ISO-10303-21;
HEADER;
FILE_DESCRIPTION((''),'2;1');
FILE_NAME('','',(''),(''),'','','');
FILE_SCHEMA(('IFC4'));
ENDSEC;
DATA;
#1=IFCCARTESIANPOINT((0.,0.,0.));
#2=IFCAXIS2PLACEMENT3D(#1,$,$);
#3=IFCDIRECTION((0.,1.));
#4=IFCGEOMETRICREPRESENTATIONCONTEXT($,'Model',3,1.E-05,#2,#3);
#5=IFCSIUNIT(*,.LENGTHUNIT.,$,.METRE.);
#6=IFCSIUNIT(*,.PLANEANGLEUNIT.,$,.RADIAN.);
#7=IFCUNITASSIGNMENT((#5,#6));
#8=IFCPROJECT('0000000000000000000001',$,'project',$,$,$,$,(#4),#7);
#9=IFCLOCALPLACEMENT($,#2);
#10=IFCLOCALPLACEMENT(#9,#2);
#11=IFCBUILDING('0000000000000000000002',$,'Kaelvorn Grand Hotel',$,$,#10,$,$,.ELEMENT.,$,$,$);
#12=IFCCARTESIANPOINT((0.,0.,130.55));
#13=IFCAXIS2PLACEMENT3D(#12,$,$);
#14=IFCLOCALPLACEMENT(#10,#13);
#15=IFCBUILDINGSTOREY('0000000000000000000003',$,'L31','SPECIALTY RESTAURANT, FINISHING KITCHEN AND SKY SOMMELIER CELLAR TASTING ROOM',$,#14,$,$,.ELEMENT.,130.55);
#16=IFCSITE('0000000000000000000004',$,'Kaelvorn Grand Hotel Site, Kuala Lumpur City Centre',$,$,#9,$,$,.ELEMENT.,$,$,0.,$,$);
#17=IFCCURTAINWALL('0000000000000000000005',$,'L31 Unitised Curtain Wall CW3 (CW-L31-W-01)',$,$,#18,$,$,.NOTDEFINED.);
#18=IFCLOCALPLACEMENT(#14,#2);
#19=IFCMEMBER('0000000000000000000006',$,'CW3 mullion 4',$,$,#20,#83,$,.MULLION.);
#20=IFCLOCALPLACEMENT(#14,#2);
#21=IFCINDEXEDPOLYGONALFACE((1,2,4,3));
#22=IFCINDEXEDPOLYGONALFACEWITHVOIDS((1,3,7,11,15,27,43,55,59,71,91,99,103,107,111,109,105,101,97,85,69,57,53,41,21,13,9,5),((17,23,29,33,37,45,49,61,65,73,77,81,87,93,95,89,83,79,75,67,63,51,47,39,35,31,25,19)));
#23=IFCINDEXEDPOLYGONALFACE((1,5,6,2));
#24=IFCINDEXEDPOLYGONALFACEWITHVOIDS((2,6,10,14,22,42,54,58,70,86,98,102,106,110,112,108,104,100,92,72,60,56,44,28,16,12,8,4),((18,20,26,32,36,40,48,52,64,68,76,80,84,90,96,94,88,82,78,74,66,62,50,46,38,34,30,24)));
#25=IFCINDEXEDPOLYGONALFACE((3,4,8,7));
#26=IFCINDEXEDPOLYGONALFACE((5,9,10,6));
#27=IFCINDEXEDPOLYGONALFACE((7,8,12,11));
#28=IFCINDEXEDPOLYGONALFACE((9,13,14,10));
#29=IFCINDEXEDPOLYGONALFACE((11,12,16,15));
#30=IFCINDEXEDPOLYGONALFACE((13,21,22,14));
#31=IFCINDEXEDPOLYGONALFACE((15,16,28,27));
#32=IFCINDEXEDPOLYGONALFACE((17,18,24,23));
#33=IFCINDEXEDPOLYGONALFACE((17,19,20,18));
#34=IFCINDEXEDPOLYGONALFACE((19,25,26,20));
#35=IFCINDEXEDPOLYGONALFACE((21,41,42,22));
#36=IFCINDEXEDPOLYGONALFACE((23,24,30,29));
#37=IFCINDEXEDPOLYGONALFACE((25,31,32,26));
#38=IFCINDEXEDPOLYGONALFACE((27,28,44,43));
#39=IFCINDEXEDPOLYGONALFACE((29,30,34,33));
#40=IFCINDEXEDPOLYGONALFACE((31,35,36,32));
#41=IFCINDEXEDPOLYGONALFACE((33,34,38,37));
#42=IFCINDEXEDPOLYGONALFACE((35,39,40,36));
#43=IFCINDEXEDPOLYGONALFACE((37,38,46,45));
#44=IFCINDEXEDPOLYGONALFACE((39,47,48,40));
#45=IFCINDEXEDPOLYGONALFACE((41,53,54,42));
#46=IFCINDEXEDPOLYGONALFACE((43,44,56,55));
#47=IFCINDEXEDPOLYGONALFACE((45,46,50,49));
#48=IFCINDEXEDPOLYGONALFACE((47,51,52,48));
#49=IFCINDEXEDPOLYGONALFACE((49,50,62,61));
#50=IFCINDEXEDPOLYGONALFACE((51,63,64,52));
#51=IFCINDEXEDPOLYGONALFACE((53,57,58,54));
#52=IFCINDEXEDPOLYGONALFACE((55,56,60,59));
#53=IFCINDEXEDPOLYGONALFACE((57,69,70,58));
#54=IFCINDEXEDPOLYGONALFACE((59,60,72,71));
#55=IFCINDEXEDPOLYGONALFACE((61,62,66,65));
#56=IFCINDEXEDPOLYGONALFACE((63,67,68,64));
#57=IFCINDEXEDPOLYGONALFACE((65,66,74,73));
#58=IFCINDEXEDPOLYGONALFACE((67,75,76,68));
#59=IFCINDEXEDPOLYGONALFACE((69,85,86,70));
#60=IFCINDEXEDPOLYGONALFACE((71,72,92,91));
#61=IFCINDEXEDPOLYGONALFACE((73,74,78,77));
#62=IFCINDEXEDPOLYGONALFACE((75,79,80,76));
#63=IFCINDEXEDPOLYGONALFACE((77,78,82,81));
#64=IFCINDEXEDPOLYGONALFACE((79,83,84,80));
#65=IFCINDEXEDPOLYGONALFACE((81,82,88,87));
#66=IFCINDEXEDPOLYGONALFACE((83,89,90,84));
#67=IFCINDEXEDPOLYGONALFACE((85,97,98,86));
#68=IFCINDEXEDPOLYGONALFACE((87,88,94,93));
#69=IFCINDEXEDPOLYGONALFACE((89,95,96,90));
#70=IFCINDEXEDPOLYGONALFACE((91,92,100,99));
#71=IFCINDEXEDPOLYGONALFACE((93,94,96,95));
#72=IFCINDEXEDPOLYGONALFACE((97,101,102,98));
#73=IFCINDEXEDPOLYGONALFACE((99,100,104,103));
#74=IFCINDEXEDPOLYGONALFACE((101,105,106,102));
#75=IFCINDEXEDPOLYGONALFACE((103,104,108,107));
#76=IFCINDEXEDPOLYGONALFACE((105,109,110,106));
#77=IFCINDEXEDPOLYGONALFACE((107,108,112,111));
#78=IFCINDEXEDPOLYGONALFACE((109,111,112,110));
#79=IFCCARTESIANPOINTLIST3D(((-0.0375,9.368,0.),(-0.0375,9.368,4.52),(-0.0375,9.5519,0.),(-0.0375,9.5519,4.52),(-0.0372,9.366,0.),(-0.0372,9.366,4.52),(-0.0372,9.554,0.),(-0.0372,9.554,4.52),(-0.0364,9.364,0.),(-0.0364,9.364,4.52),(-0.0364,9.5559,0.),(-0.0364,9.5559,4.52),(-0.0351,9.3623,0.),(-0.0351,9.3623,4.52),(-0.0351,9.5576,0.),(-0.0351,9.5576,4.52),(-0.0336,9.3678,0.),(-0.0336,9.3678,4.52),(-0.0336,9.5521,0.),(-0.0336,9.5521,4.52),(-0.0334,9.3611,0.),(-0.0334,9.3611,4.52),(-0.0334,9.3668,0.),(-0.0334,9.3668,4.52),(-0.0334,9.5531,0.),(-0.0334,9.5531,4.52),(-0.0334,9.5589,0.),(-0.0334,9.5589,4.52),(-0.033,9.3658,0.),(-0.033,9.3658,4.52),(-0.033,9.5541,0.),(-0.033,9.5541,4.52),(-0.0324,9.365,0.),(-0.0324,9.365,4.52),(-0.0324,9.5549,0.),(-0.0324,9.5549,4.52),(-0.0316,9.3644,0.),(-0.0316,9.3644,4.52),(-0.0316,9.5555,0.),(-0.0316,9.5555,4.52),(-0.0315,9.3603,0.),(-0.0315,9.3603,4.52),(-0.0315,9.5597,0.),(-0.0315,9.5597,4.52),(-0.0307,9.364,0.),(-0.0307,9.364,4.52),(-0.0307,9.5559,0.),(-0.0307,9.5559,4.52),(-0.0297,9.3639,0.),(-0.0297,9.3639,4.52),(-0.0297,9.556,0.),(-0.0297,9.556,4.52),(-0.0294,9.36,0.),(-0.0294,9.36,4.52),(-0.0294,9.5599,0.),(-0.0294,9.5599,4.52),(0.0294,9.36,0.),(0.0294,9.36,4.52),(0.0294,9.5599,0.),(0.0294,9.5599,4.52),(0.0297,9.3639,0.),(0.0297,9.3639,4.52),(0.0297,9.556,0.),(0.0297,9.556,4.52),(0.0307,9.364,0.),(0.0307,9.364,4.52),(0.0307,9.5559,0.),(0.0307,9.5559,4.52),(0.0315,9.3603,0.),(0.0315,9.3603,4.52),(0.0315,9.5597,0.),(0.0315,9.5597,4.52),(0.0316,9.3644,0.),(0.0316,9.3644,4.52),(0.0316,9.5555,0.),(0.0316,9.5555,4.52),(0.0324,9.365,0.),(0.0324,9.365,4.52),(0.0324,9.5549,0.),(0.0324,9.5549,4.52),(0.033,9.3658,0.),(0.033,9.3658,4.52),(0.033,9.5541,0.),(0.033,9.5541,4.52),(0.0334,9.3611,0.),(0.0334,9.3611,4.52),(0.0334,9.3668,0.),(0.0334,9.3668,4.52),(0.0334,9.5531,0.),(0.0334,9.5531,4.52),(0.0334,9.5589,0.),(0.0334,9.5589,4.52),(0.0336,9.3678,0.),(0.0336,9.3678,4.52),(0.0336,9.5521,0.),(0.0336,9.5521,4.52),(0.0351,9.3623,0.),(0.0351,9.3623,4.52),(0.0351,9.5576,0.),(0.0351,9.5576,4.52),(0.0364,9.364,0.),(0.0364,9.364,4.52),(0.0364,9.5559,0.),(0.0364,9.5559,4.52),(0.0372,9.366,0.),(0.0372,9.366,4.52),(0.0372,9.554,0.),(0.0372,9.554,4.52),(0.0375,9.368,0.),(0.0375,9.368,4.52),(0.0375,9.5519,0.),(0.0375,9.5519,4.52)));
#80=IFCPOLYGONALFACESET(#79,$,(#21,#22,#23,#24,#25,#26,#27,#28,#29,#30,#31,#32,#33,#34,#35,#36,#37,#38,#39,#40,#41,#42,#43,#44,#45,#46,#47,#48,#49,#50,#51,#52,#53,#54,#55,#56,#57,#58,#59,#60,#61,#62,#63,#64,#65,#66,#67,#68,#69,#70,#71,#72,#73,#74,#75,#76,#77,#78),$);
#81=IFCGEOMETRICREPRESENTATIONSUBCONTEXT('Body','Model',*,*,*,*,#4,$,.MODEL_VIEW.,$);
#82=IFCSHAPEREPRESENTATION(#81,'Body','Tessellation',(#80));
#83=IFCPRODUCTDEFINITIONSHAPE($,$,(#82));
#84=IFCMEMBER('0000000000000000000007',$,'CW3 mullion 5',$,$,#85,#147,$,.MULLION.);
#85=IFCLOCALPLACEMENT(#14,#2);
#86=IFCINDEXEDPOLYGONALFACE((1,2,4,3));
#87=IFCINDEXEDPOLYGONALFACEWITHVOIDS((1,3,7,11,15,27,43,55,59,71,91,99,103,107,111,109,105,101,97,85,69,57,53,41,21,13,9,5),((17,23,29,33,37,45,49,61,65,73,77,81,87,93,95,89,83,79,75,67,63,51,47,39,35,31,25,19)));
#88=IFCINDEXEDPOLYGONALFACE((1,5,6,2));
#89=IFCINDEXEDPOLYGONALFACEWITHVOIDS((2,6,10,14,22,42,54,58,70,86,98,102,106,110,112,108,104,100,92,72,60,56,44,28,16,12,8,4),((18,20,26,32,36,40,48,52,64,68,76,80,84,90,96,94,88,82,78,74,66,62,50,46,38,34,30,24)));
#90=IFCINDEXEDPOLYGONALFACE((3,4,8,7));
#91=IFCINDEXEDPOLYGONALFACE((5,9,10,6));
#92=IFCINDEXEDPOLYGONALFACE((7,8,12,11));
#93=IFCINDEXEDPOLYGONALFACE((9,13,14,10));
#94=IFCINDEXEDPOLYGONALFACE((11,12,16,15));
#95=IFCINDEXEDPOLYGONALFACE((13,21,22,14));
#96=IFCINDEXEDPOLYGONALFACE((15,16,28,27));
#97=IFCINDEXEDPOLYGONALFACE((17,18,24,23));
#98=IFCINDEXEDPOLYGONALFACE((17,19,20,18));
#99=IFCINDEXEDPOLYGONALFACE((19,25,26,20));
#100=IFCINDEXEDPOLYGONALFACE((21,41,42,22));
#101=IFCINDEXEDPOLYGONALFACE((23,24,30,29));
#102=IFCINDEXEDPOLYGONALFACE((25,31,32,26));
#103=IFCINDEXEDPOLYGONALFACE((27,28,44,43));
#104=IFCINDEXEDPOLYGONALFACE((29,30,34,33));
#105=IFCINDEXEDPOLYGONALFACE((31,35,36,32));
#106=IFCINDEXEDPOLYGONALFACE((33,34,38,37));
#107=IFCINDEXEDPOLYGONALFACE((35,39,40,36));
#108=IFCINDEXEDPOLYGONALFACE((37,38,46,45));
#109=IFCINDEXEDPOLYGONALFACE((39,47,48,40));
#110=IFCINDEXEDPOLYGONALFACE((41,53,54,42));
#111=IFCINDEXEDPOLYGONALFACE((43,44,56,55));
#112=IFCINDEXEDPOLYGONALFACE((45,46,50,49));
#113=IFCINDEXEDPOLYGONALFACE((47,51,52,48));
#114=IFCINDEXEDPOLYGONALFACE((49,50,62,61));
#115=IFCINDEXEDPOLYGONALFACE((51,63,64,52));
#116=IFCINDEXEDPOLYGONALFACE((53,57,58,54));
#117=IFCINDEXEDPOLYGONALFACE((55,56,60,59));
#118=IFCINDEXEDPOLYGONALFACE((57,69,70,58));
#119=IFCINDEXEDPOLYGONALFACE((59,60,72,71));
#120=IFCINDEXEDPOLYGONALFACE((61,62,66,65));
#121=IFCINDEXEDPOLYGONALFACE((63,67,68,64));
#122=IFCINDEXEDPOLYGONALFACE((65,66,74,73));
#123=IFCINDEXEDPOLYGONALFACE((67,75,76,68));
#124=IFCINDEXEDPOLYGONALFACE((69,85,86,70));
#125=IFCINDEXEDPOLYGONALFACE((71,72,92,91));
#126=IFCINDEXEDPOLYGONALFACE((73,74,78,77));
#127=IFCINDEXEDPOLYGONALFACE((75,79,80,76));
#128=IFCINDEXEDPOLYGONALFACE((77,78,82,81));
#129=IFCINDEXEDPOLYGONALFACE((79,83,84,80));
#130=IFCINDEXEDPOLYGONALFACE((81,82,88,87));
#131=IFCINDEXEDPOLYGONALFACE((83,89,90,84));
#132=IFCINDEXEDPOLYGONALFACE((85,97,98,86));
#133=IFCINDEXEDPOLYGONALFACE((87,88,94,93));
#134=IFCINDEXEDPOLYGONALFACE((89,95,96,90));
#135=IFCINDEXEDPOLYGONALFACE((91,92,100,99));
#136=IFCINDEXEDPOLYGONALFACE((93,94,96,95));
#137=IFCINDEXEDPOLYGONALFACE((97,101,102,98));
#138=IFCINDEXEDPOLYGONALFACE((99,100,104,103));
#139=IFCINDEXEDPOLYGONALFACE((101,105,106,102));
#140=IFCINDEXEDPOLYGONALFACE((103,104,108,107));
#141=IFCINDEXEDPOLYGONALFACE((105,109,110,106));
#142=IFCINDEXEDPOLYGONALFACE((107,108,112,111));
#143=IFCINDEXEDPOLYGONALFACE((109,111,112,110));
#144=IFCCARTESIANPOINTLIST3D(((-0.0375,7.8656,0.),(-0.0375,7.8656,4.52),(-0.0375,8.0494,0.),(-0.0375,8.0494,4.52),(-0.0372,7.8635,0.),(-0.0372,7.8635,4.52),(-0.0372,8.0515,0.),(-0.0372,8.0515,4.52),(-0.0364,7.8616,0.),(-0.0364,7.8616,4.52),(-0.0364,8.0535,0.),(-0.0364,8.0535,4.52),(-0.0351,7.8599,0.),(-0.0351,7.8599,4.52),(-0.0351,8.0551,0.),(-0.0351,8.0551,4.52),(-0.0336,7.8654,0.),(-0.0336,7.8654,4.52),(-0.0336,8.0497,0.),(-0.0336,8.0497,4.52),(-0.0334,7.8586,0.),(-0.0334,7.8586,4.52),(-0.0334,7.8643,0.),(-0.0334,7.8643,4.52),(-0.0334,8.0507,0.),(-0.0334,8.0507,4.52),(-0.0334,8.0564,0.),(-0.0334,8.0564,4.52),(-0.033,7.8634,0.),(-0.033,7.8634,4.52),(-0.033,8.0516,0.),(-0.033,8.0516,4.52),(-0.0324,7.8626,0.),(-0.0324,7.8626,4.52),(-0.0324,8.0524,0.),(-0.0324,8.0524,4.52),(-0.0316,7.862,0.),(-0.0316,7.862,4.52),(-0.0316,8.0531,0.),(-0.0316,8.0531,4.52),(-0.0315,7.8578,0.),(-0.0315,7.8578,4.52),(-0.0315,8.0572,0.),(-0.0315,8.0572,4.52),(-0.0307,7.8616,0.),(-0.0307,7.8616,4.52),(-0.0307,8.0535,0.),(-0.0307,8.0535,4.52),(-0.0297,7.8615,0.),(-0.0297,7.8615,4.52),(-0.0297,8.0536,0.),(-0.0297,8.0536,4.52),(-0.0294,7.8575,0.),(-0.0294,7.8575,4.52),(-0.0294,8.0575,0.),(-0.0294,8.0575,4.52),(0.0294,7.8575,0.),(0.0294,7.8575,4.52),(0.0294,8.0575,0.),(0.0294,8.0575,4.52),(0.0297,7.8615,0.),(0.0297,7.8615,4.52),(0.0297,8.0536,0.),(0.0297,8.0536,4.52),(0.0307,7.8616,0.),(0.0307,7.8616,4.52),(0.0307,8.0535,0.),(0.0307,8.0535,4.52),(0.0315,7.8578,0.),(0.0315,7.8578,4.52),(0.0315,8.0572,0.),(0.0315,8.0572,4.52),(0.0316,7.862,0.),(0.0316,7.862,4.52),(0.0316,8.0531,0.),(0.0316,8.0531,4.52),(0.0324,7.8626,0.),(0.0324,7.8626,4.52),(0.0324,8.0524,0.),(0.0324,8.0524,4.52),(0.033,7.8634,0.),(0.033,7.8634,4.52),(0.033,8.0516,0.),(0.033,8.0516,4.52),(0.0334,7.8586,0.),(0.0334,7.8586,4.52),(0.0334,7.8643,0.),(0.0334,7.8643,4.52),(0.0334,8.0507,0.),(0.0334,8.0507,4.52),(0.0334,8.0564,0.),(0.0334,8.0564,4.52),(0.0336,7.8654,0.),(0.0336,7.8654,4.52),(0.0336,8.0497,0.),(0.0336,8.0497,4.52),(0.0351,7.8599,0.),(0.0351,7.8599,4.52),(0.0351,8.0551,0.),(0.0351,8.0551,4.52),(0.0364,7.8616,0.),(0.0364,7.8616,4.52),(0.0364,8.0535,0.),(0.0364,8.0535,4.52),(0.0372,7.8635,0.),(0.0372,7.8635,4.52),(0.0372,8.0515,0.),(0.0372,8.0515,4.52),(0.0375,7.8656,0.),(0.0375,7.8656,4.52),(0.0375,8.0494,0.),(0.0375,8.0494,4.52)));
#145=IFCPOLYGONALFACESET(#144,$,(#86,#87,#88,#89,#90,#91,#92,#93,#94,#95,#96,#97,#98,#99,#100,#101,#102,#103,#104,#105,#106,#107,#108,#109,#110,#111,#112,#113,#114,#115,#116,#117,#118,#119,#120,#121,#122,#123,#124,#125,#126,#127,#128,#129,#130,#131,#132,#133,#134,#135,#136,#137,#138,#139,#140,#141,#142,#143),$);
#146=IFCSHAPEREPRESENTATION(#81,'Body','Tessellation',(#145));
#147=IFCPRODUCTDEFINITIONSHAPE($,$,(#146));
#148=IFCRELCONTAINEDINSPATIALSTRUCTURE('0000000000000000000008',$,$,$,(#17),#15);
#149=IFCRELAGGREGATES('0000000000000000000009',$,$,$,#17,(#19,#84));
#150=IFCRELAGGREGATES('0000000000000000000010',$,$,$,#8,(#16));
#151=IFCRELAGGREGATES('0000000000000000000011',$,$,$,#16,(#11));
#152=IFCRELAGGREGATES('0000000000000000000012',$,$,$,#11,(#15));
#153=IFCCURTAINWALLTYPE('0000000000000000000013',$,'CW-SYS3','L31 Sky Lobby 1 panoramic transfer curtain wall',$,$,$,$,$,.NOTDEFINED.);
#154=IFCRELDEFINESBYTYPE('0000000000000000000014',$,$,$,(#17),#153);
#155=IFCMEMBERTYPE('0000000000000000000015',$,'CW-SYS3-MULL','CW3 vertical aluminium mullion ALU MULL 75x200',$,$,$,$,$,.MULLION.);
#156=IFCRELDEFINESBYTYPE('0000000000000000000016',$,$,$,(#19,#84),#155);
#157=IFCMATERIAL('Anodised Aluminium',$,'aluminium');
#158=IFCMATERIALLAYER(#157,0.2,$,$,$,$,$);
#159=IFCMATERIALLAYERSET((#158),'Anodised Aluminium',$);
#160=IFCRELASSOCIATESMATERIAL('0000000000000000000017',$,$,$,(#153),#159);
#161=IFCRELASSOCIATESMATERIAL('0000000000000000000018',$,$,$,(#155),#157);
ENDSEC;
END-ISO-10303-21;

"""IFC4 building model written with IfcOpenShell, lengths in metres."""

from ifc_helpers import new_model, si_unit, direction, frame, origin, origin_2d, place, context, subcontext, project, spatial, hollow_rectangle, extrude, material, layer, layer_set, material_profile, profile_set, type_object, element, aggregate, save


model = new_model("IFC4")

# Units and contexts
model_context = context("Model", 3, precision=1e-05, world=origin(), true_north=direction((0.0, 1.0)))
body_context = subcontext(model_context, "Body", "Model", "MODEL_VIEW")
ifc_project = project(units=[si_unit("LENGTHUNIT", "METRE"), si_unit("PLANEANGLEUNIT", "RADIAN")], contexts=[model_context])

# Site, building, storey
site_placement = place(None, origin())
site = spatial("IfcSite", under=ifc_project, at=site_placement, Name="Kaelvorn Grand Hotel Site, Kuala Lumpur City Centre", CompositionType="ELEMENT", RefElevation=0.0)
building_placement = place(site_placement, origin())
building = spatial("IfcBuilding", under=site, at=building_placement, Name="Kaelvorn Grand Hotel", CompositionType="ELEMENT")
storey_placement = place(building_placement, frame((0.0, 0.0, 130.55)))
storey = spatial("IfcBuildingStorey", under=building, at=storey_placement, Name="L31", Description="SPECIALTY RESTAURANT, FINISHING KITCHEN AND SKY SOMMELIER CELLAR TASTING ROOM", CompositionType="ELEMENT", Elevation=130.55)

# Curtain wall, members
ifc_material_1 = material(Name="Anodised Aluminium", Category="aluminium")
ifc_layer_1 = layer(ifc_material_1, 0.2)
ifc_layer_set_1 = layer_set([ifc_layer_1], Name="Anodised Aluminium")
curtain_wall_type = type_object("IfcCurtainWallType", Name="CW-SYS3", Description="L31 Sky Lobby 1 panoramic transfer curtain wall", PredefinedType="NOTDEFINED", material=ifc_layer_set_1)
curtain_wall_placement = place(storey_placement, origin())
curtain_wall = element("IfcCurtainWall", 1, at=curtain_wall_placement, inside=storey, type_object=curtain_wall_type, Name="L31 Unitised Curtain Wall CW3 (CW-L31-W-01)", PredefinedType="NOTDEFINED")
ifc_material_profile_1 = material_profile(ifc_material_1, hollow_rectangle(XDim=0.075, YDim=0.2, WallThickness=0.0039, InnerFilletRadius=0.0039, OuterFilletRadius=0.0081, at=origin_2d()), Name="ALU MULL 75x200")
ifc_profile_set_1 = profile_set([ifc_material_profile_1], Name="Anodised Aluminium")
member_type_1 = type_object("IfcMemberType", Name="CW-SYS3-MULL", Description="CW3 vertical aluminium mullion ALU MULL 75x200", PredefinedType="MULLION", material=ifc_profile_set_1)
member_1_placement = place(storey_placement, frame((0.0, 9.46, 0.0), z_axis=(0.0, 0.0, 1.0), x_axis=(1.0, 0.0, 0.0)))
member_1 = element("IfcMember", 2, at=member_1_placement, type_object=member_type_1, Name="CW3 mullion 4", PredefinedType="MULLION", context=body_context, shape_type="SweptSolid", body=[
    extrude(hollow_rectangle(XDim=0.075, YDim=0.2, WallThickness=0.0039, InnerFilletRadius=0.0039, OuterFilletRadius=0.0081, at=origin_2d()), origin(), (0.0, 0.0, 1.0), 4.52),
])
member_2_placement = place(storey_placement, frame((0.0, 7.9575, 0.0), z_axis=(0.0, 0.0, 1.0), x_axis=(1.0, 0.0, 0.0)))
member_2 = element("IfcMember", 3, at=member_2_placement, type_object=member_type_1, Name="CW3 mullion 5", PredefinedType="MULLION", context=body_context, shape_type="SweptSolid", body=[
    extrude(hollow_rectangle(XDim=0.075, YDim=0.2, WallThickness=0.0039, InnerFilletRadius=0.0039, OuterFilletRadius=0.0081, at=origin_2d()), origin(), (0.0, 0.0, 1.0), 4.52),
])
aggregate(curtain_wall, [member_1, member_2])

save(model, "model.ifc")
